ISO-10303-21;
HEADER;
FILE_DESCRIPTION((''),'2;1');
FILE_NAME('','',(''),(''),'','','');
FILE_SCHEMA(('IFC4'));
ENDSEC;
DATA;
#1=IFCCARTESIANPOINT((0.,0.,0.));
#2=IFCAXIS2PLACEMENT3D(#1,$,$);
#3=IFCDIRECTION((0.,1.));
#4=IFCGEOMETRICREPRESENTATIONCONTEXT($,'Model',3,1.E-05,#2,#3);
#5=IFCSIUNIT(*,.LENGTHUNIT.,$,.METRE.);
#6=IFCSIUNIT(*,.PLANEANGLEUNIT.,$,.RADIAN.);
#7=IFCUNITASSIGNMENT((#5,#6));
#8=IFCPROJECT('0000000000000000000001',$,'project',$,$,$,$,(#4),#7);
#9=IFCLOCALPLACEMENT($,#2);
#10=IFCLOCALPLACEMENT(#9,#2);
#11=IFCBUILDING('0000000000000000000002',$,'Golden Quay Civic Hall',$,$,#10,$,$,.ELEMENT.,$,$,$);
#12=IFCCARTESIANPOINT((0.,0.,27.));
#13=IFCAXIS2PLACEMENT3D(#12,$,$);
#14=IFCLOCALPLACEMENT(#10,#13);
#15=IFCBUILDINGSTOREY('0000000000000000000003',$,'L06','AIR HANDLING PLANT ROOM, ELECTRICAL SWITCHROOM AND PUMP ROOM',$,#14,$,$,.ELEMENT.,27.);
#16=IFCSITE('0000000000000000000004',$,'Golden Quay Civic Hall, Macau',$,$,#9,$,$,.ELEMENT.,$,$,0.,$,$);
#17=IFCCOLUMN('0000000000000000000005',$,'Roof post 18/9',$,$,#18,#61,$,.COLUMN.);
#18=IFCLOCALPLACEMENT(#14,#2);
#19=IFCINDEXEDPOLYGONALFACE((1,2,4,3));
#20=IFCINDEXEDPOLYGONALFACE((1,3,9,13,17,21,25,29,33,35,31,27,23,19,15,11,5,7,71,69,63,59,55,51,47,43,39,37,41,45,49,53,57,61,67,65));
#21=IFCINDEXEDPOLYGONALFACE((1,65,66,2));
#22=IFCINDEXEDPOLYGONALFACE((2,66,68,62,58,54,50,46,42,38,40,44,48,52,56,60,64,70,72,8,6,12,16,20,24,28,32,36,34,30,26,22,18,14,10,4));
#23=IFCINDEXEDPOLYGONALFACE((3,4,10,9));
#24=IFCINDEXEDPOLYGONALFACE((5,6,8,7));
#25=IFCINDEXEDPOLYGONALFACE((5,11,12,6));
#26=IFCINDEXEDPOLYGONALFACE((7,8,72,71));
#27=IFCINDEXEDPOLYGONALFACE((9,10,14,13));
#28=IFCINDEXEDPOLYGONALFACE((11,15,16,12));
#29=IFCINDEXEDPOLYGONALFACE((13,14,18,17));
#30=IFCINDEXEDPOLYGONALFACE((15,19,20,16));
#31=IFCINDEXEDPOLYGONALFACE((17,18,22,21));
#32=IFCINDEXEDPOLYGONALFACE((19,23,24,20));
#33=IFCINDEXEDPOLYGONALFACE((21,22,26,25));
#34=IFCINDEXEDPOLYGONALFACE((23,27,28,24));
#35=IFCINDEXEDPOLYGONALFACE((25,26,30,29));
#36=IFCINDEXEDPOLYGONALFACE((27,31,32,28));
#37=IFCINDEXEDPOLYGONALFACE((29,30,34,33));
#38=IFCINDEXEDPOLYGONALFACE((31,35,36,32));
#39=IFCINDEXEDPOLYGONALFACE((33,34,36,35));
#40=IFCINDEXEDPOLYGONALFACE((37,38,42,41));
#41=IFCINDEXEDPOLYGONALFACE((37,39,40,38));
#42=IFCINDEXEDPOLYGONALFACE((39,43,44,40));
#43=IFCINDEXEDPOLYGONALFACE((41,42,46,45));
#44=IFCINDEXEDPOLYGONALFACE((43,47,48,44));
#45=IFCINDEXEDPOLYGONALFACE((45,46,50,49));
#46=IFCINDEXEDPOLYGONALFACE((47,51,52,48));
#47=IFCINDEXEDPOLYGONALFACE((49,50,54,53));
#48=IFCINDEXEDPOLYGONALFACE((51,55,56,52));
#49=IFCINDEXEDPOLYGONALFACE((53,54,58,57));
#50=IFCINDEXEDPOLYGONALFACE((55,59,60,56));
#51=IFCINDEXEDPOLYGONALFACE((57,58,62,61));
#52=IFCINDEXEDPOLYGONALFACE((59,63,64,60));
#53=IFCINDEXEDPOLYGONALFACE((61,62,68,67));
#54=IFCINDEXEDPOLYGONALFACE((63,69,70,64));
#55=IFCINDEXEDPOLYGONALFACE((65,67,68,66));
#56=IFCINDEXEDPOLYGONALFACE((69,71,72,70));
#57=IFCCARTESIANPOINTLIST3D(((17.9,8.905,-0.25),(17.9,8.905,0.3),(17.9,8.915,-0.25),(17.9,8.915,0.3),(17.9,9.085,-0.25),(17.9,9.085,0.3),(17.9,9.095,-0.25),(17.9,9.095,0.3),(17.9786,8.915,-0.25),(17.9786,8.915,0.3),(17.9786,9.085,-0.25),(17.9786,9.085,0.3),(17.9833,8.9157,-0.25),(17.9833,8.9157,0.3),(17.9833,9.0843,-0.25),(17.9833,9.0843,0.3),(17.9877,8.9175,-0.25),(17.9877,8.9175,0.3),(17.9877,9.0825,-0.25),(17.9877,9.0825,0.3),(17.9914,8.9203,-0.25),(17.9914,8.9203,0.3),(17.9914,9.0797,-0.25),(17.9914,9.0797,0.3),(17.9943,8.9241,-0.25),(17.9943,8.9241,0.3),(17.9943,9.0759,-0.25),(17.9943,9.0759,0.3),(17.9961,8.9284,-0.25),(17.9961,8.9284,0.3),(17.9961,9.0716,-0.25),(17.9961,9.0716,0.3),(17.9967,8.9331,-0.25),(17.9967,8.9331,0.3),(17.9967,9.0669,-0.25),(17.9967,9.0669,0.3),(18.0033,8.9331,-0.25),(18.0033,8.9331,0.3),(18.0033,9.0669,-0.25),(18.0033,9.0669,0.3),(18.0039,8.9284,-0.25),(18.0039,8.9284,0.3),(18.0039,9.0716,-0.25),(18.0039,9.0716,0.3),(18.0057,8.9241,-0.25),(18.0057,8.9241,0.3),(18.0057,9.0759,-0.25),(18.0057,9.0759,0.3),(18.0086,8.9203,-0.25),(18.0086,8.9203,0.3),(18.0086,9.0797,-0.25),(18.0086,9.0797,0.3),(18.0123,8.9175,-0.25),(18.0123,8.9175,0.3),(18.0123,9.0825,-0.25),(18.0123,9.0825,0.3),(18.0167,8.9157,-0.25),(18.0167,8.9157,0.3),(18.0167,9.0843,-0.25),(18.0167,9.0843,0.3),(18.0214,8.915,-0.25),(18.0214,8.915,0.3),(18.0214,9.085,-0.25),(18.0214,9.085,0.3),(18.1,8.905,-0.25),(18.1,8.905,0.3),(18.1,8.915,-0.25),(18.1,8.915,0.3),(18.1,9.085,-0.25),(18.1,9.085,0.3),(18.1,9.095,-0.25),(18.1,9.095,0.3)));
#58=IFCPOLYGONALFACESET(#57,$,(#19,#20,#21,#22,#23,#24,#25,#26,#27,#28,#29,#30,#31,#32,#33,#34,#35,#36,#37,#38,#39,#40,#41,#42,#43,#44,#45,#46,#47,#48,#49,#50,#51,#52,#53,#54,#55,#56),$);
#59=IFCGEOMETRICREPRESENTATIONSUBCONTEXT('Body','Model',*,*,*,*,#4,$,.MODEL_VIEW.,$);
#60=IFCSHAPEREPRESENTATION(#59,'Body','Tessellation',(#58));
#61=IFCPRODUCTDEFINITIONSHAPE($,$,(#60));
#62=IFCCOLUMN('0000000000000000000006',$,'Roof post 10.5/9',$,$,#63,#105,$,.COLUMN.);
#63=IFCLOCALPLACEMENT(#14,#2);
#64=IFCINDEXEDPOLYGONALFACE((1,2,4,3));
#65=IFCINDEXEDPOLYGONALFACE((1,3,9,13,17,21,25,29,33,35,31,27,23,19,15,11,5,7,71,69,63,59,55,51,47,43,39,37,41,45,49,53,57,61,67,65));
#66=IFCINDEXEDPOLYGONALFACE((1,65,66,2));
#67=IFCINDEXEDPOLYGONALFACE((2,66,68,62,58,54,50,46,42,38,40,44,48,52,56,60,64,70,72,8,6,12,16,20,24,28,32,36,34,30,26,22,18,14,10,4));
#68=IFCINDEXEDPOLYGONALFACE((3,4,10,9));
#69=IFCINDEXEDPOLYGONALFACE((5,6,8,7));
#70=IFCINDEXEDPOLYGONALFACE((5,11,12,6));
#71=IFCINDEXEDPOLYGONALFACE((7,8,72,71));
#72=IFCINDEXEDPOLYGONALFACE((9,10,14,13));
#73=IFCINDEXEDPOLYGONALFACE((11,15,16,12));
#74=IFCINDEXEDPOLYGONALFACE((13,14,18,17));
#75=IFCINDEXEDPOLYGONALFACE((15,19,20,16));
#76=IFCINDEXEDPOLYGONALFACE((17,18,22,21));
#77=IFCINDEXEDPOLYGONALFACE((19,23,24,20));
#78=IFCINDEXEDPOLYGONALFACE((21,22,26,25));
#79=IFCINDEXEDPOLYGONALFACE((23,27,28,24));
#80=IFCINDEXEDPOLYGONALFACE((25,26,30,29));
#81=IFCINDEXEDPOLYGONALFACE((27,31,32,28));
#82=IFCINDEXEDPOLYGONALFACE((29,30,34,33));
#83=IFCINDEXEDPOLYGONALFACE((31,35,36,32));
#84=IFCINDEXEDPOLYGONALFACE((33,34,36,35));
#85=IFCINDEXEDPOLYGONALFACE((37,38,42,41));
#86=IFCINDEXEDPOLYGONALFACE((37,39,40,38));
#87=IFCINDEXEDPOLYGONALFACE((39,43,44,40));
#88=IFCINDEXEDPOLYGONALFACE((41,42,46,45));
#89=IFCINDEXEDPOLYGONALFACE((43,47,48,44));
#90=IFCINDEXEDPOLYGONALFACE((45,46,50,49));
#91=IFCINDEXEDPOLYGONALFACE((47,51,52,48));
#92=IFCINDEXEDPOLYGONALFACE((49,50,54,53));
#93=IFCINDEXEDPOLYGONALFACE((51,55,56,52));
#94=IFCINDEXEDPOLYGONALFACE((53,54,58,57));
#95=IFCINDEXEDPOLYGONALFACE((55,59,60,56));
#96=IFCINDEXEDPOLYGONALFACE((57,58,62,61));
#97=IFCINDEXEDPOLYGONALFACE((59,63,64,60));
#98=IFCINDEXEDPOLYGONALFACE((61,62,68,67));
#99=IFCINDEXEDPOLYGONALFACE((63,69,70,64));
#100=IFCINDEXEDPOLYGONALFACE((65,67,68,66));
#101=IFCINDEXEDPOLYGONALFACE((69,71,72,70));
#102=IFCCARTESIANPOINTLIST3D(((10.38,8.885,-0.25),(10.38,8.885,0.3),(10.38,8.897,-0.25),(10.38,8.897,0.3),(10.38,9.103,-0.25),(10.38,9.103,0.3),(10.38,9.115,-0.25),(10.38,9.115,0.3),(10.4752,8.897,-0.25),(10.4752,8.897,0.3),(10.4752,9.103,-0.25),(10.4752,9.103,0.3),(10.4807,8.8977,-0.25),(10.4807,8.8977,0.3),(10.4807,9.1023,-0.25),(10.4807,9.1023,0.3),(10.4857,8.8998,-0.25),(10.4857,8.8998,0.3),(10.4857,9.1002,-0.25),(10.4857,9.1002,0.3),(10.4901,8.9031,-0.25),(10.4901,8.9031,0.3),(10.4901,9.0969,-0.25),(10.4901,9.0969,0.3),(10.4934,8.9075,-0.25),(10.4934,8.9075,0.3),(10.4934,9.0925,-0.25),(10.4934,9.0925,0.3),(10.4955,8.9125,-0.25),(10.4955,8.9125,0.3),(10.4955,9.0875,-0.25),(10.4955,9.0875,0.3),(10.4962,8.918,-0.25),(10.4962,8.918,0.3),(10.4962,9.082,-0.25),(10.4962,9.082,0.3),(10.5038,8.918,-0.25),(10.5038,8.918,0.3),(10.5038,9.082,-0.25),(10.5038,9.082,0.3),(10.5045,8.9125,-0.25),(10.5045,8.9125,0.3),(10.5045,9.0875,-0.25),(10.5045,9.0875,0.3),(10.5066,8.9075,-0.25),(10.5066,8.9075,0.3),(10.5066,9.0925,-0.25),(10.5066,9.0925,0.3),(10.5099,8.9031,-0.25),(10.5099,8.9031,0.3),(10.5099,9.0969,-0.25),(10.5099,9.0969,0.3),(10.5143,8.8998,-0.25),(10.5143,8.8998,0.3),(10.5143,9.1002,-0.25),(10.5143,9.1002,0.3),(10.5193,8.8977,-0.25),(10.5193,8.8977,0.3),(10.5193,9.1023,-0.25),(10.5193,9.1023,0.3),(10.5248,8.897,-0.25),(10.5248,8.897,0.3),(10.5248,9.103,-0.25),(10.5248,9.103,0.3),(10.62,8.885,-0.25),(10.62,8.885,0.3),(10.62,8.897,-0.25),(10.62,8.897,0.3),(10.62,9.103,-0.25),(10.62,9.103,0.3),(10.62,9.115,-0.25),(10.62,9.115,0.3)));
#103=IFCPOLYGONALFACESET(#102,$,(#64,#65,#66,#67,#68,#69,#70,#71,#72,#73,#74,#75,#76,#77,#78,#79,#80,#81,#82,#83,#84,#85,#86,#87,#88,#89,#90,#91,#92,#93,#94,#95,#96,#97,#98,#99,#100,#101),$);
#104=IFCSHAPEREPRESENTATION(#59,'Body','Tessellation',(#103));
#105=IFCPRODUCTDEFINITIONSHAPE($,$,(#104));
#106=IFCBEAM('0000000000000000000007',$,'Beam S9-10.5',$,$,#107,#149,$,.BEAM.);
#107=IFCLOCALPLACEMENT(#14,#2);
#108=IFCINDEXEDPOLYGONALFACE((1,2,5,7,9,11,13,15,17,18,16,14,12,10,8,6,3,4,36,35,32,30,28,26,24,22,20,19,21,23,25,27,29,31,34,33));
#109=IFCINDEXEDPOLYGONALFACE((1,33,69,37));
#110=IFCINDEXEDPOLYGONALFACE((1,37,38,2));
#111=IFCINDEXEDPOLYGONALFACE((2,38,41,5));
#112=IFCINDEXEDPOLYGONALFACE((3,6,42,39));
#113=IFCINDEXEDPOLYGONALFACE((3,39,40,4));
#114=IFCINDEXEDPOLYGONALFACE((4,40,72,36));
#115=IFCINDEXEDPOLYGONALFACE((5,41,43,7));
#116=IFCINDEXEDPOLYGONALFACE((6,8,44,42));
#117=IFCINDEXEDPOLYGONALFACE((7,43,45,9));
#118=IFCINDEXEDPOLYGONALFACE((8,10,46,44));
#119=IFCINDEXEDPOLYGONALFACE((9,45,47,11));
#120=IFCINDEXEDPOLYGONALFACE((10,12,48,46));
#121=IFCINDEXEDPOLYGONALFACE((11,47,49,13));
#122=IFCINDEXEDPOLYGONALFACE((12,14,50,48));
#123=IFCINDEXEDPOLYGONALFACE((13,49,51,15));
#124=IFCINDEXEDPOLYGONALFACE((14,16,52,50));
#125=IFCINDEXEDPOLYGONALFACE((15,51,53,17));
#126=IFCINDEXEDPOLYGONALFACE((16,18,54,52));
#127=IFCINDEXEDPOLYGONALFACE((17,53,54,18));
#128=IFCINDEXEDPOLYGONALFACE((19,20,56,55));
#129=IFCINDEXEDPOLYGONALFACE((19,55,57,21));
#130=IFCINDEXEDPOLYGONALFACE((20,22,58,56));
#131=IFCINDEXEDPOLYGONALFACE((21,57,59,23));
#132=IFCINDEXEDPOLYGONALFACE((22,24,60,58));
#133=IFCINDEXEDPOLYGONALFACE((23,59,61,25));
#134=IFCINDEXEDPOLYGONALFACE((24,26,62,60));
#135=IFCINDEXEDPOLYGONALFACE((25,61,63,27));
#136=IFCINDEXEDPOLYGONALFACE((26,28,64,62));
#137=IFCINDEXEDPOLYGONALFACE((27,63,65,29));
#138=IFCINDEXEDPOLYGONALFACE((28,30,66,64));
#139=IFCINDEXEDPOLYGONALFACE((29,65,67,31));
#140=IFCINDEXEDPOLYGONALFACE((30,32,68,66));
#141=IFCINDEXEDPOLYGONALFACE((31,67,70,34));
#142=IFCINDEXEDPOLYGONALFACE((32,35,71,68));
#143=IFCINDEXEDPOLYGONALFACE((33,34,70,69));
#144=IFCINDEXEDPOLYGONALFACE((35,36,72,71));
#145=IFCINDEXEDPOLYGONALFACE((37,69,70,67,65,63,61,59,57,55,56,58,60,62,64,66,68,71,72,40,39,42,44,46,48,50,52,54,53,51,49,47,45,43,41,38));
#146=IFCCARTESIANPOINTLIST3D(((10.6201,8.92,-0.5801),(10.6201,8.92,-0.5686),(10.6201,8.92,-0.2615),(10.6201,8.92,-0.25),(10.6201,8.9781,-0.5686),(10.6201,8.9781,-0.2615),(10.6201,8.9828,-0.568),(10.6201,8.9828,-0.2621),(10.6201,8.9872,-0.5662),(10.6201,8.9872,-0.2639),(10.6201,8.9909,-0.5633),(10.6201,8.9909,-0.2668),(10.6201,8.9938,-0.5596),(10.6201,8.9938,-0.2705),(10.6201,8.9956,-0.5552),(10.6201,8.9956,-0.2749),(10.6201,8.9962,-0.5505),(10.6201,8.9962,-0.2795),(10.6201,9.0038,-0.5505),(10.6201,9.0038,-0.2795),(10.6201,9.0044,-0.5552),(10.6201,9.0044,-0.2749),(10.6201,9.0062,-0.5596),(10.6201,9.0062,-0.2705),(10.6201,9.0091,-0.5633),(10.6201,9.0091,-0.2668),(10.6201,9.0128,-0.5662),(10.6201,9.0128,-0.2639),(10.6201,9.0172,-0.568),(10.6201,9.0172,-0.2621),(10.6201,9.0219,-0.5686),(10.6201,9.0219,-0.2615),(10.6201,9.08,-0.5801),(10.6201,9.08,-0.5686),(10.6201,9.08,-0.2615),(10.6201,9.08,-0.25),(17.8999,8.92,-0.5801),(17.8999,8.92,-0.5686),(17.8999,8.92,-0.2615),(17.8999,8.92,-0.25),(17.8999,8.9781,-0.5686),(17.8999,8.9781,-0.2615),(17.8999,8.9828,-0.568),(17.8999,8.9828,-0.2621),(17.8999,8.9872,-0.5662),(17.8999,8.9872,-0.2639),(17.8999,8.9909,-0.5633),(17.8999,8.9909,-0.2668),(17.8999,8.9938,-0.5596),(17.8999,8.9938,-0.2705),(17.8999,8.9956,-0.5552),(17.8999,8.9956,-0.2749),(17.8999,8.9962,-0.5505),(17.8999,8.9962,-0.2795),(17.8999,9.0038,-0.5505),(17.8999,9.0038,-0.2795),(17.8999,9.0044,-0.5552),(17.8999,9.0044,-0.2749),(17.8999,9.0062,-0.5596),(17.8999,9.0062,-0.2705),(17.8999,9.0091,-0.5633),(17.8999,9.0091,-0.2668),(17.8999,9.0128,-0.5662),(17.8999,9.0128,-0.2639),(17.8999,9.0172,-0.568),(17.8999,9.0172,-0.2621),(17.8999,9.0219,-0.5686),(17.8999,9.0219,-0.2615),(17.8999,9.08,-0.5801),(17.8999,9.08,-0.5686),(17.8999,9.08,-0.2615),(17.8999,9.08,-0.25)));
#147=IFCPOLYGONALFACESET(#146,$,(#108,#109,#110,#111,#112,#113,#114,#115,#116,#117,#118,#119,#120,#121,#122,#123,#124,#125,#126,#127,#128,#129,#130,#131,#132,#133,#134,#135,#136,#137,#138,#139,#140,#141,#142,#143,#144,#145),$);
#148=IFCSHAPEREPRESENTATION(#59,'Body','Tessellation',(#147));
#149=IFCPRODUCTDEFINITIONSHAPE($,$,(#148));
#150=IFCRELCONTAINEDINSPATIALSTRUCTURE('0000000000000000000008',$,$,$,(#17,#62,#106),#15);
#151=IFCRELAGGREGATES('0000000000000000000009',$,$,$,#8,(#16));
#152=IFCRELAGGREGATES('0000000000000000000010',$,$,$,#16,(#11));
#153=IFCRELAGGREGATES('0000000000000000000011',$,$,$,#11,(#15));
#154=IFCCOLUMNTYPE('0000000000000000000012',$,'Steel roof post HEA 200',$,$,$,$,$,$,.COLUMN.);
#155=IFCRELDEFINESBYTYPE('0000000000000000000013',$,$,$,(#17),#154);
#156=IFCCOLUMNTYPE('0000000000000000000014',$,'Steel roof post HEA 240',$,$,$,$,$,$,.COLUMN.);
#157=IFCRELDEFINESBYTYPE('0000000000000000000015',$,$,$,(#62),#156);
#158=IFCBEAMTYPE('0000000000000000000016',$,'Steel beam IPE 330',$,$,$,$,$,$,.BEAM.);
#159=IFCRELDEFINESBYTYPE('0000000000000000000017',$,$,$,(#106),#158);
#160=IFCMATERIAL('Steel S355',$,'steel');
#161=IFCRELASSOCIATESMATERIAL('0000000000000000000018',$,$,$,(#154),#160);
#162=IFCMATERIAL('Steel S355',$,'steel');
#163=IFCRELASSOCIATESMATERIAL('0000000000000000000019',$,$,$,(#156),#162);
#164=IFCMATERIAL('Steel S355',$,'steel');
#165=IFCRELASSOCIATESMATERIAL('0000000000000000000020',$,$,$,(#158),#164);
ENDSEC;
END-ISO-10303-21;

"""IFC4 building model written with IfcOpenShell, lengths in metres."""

from ifc_helpers import new_model, si_unit, direction, frame, origin, origin_2d, place, context, subcontext, project, spatial, i_section, extrude, material, material_profile, profile_set, type_object, element, save


model = new_model("IFC4")

# Units and contexts
model_context = context("Model", 3, precision=1e-05, world=origin(), true_north=direction((0.0, 1.0)))
body_context = subcontext(model_context, "Body", "Model", "MODEL_VIEW")
ifc_project = project(units=[si_unit("LENGTHUNIT", "METRE"), si_unit("PLANEANGLEUNIT", "RADIAN")], contexts=[model_context])

# Site, building, storey
site_placement = place(None, origin())
site = spatial("IfcSite", under=ifc_project, at=site_placement, Name="Golden Quay Civic Hall, Macau", CompositionType="ELEMENT", RefElevation=0.0)
building_placement = place(site_placement, origin())
building = spatial("IfcBuilding", under=site, at=building_placement, Name="Golden Quay Civic Hall", CompositionType="ELEMENT")
storey_placement = place(building_placement, frame((0.0, 0.0, 27.0)))
storey = spatial("IfcBuildingStorey", under=building, at=storey_placement, Name="L06", Description="AIR HANDLING PLANT ROOM, ELECTRICAL SWITCHROOM AND PUMP ROOM", CompositionType="ELEMENT", Elevation=27.0)

# Columns
ifc_material_1 = material(Name="Steel S355", Category="steel")
ifc_material_profile_1 = material_profile(ifc_material_1, i_section(OverallWidth=0.2, OverallDepth=0.1899, WebThickness=0.0066, FlangeThickness=0.01, FilletRadius=0.0181, at=origin_2d()), Name="HEA 200")
ifc_profile_set_1 = profile_set([ifc_material_profile_1], Name="Steel S355")
column_type_1 = type_object("IfcColumnType", Name="Steel roof post HEA 200", PredefinedType="COLUMN", material=ifc_profile_set_1)
column_1_placement = place(storey_placement, frame((18.0, 9.0, -0.25), z_axis=(0.0, 0.0, 1.0), x_axis=(1.0, 0.0, 0.0)))
element("IfcColumn", 1, at=column_1_placement, inside=storey, type_object=column_type_1, Name="Roof post 18/9", PredefinedType="COLUMN", context=body_context, shape_type="SweptSolid", body=[
    extrude(i_section(OverallWidth=0.2, OverallDepth=0.1899, WebThickness=0.0066, FlangeThickness=0.01, FilletRadius=0.0181, at=origin_2d()), origin(), (0.0, 0.0, 1.0), 0.55),
])
ifc_material_2 = material(Name="Steel S355", Category="steel")
ifc_material_profile_2 = material_profile(ifc_material_2, i_section(OverallWidth=0.24, OverallDepth=0.23, WebThickness=0.0076, FlangeThickness=0.012, FilletRadius=0.021, at=origin_2d()), Name="HEA 240")
ifc_profile_set_2 = profile_set([ifc_material_profile_2], Name="Steel S355")
column_type_2 = type_object("IfcColumnType", Name="Steel roof post HEA 240", PredefinedType="COLUMN", material=ifc_profile_set_2)
column_2_placement = place(storey_placement, frame((10.5, 9.0, -0.25), z_axis=(0.0, 0.0, 1.0), x_axis=(1.0, 0.0, 0.0)))
element("IfcColumn", 2, at=column_2_placement, inside=storey, type_object=column_type_2, Name="Roof post 10.5/9", PredefinedType="COLUMN", context=body_context, shape_type="SweptSolid", body=[
    extrude(i_section(OverallWidth=0.24, OverallDepth=0.23, WebThickness=0.0076, FlangeThickness=0.012, FilletRadius=0.021, at=origin_2d()), origin(), (0.0, 0.0, 1.0), 0.55),
])

# Beam
ifc_material_3 = material(Name="Steel S355", Category="steel")
ifc_material_profile_3 = material_profile(ifc_material_3, i_section(OverallWidth=0.1599, OverallDepth=0.3301, WebThickness=0.0076, FlangeThickness=0.0115, FilletRadius=0.0181, at=origin_2d()), Name="IPE 330")
ifc_profile_set_3 = profile_set([ifc_material_profile_3], Name="Steel S355")
beam_type_1 = type_object("IfcBeamType", Name="Steel beam IPE 330", PredefinedType="BEAM", material=ifc_profile_set_3)
beam_1_placement = place(storey_placement, frame((10.6201, 9.0, -0.415), z_axis=(1.0, 0.0, 0.0), x_axis=(0.0, 1.0, 0.0)))
element("IfcBeam", 3, at=beam_1_placement, inside=storey, type_object=beam_type_1, Name="Beam S9-10.5", PredefinedType="BEAM", context=body_context, shape_type="SweptSolid", body=[
    extrude(i_section(OverallWidth=0.1599, OverallDepth=0.3301, WebThickness=0.0076, FlangeThickness=0.0115, FilletRadius=0.0181, at=origin_2d()), origin(), (0.0, 0.0, 1.0), 7.2798),
])

save(model, "model.ifc")
